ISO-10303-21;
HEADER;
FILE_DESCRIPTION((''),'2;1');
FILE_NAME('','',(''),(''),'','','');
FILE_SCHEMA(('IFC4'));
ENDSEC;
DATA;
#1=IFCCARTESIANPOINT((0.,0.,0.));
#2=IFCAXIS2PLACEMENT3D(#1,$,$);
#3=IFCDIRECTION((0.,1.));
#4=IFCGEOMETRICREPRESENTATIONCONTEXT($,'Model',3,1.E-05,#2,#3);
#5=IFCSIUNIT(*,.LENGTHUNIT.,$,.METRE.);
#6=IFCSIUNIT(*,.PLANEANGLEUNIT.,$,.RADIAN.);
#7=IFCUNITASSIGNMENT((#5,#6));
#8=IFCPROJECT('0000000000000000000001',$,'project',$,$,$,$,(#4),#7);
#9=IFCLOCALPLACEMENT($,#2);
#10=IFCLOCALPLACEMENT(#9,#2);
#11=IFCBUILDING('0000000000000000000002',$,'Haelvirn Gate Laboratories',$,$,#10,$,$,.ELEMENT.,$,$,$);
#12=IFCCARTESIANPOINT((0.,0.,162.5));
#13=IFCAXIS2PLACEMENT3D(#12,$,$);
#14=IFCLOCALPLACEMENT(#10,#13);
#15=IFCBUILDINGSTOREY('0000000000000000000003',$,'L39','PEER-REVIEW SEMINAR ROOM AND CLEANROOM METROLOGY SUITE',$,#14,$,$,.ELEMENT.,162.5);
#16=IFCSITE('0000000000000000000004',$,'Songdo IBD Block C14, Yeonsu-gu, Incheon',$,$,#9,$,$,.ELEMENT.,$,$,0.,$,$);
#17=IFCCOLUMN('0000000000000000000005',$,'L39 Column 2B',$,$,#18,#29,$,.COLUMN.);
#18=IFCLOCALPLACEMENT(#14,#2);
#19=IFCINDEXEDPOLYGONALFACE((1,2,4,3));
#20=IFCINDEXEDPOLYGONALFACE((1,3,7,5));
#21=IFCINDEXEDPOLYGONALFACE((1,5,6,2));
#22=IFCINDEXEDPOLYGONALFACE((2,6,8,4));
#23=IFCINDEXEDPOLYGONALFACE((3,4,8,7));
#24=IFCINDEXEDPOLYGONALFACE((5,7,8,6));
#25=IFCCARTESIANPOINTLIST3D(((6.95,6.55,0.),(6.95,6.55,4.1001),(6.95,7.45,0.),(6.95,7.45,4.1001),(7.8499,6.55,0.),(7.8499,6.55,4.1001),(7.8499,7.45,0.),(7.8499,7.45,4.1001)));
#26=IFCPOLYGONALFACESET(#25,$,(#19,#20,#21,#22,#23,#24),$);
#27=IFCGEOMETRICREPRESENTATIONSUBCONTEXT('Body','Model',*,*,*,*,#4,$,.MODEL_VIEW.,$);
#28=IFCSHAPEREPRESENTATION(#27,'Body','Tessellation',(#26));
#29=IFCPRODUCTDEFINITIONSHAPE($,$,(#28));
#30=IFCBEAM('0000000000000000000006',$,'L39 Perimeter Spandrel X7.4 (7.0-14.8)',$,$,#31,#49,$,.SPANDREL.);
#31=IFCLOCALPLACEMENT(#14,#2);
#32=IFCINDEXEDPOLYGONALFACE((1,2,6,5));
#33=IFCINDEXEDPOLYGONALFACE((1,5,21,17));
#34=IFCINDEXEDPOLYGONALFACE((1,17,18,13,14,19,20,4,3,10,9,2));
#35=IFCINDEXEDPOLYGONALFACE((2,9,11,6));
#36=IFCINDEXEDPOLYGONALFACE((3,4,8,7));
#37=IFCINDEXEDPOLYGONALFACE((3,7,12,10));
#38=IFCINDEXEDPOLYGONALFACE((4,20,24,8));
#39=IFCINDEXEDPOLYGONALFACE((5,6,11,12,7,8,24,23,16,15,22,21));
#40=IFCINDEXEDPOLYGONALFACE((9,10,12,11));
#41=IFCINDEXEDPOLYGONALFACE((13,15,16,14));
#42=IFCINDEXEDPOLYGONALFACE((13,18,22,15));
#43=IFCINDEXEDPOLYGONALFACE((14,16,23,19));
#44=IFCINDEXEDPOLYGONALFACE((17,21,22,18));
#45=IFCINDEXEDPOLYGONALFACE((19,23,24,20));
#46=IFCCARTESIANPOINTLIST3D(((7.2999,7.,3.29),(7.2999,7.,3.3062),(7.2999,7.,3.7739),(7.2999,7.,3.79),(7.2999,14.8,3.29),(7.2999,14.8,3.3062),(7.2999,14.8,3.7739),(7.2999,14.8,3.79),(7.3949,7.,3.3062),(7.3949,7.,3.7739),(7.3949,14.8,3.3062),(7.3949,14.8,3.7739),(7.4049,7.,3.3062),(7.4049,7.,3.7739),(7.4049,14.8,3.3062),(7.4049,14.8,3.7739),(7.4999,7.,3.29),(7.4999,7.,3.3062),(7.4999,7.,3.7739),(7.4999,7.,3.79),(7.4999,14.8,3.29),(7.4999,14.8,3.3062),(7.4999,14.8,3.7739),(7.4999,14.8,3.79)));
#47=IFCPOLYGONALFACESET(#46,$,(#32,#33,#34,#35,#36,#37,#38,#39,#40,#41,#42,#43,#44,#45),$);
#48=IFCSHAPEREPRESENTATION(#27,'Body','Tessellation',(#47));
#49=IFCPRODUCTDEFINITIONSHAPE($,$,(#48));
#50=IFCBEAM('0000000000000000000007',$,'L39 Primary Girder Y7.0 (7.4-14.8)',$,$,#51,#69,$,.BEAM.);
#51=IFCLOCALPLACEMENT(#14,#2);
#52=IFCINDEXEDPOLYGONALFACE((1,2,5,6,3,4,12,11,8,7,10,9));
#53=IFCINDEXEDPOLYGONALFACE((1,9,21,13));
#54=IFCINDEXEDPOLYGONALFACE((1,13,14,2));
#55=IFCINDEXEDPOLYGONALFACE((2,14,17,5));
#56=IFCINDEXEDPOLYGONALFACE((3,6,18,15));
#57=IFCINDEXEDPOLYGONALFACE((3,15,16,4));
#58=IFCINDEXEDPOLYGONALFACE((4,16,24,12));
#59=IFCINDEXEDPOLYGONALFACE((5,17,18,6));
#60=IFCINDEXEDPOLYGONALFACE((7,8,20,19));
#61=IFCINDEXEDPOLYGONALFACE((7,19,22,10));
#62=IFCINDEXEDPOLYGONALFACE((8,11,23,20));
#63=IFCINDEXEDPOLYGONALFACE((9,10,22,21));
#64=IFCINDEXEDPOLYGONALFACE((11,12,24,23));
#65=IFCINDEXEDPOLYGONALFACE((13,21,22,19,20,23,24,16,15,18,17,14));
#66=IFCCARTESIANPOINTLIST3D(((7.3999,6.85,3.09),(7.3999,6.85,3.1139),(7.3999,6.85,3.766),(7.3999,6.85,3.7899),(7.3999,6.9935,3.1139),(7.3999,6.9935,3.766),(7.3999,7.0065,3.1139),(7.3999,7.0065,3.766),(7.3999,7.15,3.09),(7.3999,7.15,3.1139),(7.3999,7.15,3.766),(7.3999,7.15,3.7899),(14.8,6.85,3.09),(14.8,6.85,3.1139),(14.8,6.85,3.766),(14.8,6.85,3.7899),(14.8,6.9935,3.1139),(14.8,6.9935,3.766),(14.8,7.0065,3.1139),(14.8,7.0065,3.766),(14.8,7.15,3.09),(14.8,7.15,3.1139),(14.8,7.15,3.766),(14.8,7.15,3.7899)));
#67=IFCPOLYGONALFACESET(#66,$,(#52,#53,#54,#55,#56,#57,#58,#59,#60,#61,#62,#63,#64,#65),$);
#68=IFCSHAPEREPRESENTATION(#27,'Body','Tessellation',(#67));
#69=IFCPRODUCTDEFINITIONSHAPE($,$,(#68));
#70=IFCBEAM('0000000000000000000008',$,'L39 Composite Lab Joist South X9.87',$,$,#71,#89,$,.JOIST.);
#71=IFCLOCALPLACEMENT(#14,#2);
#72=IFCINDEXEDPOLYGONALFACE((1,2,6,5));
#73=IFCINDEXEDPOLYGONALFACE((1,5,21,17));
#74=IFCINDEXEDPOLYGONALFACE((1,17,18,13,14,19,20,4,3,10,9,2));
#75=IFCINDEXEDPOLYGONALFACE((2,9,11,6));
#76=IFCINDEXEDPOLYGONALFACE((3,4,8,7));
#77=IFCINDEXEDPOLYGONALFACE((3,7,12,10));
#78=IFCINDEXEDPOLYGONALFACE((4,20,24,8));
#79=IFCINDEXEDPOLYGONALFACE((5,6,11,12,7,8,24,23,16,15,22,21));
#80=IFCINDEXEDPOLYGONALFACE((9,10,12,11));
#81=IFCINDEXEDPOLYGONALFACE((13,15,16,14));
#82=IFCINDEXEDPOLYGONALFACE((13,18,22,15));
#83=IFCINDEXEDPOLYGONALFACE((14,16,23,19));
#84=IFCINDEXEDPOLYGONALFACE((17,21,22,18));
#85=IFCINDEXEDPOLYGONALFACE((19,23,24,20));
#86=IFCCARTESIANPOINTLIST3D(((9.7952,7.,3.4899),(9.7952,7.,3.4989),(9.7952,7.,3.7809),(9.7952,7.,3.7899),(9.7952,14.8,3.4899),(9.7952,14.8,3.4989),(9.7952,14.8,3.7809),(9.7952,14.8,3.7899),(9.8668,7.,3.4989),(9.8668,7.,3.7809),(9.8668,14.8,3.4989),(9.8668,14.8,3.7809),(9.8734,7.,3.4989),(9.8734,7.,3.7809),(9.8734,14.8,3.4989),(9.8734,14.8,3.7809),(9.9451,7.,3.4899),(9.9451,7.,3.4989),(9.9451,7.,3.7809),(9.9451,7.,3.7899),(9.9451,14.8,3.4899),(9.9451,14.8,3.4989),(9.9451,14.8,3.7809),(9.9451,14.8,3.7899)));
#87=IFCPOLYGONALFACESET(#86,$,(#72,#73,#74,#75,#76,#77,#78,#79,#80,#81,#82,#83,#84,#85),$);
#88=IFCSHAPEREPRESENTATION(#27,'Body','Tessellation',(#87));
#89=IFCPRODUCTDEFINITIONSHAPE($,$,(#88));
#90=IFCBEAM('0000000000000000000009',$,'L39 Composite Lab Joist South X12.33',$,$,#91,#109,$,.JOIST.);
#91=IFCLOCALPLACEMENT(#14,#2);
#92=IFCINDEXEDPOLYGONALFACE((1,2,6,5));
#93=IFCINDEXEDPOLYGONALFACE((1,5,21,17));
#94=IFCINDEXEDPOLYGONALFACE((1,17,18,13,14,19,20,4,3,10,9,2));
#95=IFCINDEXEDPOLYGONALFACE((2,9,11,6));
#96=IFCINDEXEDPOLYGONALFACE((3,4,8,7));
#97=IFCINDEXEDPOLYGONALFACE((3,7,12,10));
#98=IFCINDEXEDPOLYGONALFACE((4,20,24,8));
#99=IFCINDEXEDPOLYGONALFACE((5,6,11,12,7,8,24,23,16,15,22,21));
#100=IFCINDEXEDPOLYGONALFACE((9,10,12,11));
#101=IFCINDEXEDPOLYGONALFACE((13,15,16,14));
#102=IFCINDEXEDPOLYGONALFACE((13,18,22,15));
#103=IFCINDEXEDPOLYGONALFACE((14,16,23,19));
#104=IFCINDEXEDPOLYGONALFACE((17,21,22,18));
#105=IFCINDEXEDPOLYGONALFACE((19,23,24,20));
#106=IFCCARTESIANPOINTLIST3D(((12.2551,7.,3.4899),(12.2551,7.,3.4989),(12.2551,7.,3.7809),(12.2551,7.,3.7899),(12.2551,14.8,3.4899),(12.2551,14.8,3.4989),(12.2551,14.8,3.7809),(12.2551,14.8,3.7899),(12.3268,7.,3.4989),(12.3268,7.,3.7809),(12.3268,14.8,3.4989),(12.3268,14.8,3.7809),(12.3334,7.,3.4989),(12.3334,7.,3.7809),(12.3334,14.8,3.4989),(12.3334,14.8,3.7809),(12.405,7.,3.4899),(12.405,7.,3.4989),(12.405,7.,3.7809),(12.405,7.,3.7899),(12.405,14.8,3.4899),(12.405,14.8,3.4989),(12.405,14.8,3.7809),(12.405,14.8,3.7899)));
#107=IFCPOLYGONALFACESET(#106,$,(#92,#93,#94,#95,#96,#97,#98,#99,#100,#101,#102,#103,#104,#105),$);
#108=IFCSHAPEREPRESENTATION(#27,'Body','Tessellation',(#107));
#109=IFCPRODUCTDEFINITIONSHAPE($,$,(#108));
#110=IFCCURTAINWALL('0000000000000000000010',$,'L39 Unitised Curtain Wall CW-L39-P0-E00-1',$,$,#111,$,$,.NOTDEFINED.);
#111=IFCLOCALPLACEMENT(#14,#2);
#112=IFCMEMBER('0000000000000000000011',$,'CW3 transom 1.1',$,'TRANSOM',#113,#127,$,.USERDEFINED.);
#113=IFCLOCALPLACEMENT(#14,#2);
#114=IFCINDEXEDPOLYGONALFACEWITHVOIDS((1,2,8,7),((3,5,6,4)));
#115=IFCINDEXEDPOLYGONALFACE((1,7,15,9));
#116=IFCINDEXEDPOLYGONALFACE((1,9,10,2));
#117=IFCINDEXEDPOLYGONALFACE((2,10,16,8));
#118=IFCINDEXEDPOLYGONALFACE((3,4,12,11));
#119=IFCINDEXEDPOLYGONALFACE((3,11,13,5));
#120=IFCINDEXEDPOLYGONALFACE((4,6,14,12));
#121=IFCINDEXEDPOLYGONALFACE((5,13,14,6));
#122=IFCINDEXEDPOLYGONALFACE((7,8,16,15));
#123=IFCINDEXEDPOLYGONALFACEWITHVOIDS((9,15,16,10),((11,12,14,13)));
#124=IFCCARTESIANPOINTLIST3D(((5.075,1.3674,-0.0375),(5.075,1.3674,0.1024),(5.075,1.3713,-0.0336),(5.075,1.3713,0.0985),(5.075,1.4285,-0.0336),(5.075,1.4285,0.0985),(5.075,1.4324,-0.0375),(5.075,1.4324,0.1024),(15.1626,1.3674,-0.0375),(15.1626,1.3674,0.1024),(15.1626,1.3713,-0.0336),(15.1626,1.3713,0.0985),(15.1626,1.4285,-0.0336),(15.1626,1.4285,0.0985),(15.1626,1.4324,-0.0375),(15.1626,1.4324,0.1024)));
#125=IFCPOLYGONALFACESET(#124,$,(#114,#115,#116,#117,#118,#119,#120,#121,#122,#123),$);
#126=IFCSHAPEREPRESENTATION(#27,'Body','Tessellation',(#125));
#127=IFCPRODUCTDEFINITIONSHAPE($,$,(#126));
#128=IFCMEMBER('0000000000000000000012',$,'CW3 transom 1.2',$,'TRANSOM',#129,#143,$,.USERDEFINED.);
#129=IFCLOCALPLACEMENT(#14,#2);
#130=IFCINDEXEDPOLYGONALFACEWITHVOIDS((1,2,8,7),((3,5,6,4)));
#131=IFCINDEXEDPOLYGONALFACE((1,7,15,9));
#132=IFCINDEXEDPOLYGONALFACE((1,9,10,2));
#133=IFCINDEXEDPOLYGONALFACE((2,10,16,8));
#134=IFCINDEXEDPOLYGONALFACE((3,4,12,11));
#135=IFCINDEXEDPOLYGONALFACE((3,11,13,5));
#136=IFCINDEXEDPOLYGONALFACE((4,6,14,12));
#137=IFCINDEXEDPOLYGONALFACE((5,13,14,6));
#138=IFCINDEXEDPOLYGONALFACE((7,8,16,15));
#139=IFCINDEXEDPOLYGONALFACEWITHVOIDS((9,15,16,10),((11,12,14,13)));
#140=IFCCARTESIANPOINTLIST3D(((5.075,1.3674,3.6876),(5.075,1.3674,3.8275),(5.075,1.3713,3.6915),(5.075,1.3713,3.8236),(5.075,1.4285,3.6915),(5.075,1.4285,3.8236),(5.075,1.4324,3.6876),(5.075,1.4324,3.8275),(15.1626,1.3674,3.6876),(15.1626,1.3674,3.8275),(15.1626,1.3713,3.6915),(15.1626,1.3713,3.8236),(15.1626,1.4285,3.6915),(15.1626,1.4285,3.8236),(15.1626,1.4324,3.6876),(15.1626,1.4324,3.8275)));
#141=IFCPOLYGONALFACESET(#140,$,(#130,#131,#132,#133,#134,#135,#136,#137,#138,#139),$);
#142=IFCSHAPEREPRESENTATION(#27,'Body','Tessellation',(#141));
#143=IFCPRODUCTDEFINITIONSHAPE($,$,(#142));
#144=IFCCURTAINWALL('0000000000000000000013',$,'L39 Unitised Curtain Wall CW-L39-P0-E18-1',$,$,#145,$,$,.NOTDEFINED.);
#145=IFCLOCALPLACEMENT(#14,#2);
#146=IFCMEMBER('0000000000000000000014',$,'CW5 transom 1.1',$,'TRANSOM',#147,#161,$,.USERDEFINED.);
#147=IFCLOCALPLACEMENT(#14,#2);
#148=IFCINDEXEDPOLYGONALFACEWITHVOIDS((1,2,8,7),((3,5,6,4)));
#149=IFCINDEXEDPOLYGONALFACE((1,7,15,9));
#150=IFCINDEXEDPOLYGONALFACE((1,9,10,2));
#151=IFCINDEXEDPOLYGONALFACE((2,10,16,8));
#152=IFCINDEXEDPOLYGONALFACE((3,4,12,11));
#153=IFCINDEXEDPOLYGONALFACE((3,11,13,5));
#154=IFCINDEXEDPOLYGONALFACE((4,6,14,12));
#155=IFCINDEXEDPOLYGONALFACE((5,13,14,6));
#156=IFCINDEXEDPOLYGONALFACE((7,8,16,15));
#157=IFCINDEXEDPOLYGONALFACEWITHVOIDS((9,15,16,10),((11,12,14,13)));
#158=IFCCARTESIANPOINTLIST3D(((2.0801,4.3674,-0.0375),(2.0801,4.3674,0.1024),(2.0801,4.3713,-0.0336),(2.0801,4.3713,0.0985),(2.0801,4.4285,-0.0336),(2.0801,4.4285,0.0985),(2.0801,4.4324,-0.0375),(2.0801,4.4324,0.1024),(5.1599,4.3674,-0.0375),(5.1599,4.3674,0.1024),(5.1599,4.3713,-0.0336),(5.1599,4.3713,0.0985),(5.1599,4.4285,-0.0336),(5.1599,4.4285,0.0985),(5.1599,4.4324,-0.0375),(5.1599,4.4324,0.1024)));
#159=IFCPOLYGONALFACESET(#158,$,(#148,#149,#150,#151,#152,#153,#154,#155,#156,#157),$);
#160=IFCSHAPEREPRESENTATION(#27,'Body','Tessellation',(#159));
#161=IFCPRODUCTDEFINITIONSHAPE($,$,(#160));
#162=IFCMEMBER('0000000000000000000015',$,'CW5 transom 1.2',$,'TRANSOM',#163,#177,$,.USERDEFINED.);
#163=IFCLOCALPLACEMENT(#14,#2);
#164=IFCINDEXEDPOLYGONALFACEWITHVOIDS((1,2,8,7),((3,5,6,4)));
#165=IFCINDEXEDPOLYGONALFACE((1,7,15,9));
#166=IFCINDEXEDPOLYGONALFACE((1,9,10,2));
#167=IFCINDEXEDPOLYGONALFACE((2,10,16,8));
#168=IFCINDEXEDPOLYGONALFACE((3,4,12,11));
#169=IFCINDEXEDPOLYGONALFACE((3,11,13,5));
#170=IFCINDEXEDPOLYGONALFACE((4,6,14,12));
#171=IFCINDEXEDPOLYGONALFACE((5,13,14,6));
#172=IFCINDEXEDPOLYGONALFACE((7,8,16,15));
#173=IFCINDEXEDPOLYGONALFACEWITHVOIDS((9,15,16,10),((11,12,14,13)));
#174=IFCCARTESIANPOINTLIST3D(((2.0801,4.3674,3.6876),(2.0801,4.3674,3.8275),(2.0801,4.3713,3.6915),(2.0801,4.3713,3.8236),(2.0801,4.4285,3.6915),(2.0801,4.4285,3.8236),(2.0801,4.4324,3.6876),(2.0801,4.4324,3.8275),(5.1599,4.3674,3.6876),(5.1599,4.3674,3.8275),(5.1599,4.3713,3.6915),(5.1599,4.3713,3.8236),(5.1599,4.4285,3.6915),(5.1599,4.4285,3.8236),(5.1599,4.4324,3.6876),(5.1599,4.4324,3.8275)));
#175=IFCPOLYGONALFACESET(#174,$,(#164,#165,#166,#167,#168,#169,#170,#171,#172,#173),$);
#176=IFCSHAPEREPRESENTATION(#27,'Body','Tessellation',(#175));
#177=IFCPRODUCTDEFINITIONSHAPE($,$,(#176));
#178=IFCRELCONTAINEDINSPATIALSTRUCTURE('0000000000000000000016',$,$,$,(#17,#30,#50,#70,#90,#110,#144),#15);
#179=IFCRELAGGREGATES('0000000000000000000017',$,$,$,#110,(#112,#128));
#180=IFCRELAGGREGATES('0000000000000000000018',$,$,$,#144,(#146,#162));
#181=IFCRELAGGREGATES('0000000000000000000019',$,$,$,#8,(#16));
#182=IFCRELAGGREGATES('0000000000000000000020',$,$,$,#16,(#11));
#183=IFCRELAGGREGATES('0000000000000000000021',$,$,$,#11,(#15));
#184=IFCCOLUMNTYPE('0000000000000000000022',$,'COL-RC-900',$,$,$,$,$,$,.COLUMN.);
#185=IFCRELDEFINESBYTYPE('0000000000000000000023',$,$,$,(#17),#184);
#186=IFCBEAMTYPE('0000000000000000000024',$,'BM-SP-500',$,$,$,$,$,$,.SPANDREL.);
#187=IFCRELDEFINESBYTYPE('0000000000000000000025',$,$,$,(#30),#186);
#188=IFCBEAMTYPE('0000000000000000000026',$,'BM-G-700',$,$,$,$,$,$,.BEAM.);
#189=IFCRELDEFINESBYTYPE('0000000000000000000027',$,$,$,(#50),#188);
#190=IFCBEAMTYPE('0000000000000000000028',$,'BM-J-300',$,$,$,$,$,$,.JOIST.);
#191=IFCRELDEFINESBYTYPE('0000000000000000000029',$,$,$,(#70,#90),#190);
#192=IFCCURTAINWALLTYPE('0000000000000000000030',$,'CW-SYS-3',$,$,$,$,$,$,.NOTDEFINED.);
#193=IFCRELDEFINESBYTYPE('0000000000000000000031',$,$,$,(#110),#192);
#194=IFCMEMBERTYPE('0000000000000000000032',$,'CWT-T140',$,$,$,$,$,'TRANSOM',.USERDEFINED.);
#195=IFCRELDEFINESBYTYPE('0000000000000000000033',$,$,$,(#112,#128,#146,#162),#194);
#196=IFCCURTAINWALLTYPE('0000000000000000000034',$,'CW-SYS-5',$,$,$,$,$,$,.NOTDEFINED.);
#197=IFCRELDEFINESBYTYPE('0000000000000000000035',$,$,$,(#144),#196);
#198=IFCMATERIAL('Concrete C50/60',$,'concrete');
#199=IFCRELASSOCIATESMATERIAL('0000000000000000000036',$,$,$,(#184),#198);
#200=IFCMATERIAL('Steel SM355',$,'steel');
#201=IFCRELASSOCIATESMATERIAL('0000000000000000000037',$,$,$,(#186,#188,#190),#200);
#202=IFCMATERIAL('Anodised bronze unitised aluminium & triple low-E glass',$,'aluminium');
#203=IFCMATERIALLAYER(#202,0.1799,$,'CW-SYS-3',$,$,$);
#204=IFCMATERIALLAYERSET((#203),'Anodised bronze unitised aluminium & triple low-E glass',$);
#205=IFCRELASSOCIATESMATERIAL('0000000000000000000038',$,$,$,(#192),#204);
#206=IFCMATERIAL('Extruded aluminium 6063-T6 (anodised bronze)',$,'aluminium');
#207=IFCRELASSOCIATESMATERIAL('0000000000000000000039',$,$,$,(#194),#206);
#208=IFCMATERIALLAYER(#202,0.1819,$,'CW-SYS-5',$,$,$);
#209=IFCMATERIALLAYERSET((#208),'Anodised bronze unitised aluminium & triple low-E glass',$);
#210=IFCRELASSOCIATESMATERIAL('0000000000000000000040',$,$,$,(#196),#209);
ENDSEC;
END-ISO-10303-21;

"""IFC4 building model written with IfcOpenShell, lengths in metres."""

from ifc_helpers import new_model, si_unit, direction, frame, origin, origin_2d, place, context, subcontext, project, spatial, rectangle, hollow_rectangle, i_section, extrude, source, transform, mapped, material, layer, layer_set, material_profile, profile_set, type_object, type_shapes, element, aggregate, save


model = new_model("IFC4")

# Units and contexts
model_context = context("Model", 3, precision=1e-05, world=origin(), true_north=direction((0.0, 1.0)))
body_context = subcontext(model_context, "Body", "Model", "MODEL_VIEW")
ifc_project = project(units=[si_unit("LENGTHUNIT", "METRE"), si_unit("PLANEANGLEUNIT", "RADIAN")], contexts=[model_context])

# Site, building, storey
site_placement = place(None, origin())
site = spatial("IfcSite", under=ifc_project, at=site_placement, Name="Songdo IBD Block C14, Yeonsu-gu, Incheon", CompositionType="ELEMENT", RefElevation=0.0)
building_placement = place(site_placement, origin())
building = spatial("IfcBuilding", under=site, at=building_placement, Name="Haelvirn Gate Laboratories", CompositionType="ELEMENT")
storey_placement = place(building_placement, frame((0.0, 0.0, 162.5)))
storey = spatial("IfcBuildingStorey", under=building, at=storey_placement, Name="L39", Description="PEER-REVIEW SEMINAR ROOM AND CLEANROOM METROLOGY SUITE", CompositionType="ELEMENT", Elevation=162.5)

# Column
ifc_material_1 = material(Name="Concrete C50/60", Category="concrete")
ifc_material_profile_1 = material_profile(ifc_material_1, rectangle(XDim=0.8999, YDim=0.8999, at=origin_2d()), Name="RC-900x900")
ifc_profile_set_1 = profile_set([ifc_material_profile_1], Name="Concrete C50/60")
column_type = type_object("IfcColumnType", Name="COL-RC-900", PredefinedType="COLUMN", material=ifc_profile_set_1)
shared_shape_1 = source(origin(), body_context, "Body", "SweptSolid", [
    extrude(rectangle(XDim=0.8999, YDim=0.8999, at=origin_2d()), origin(), (0.0, 0.0, 1.0), 4.1001),
])
type_shapes(column_type, [shared_shape_1])
column_placement = place(storey_placement, frame((7.3999, 7.0, 0.0), z_axis=(0.0, 0.0, 1.0), x_axis=(1.0, 0.0, 0.0)))
element("IfcColumn", 1, at=column_placement, inside=storey, type_object=column_type, Name="L39 Column 2B", PredefinedType="COLUMN", context=body_context, shape_type="MappedRepresentation", body=[
    mapped(shared_shape_1, transform((0.0, 0.0, 0.0), scale=1.0)),
])

# Beams
ifc_material_2 = material(Name="Steel SM355", Category="steel")
ifc_material_profile_2 = material_profile(ifc_material_2, i_section(OverallWidth=0.2, OverallDepth=0.5, WebThickness=0.01, FlangeThickness=0.0161, at=origin_2d()), Name="H-500x200x10x16")
ifc_profile_set_2 = profile_set([ifc_material_profile_2], Name="Steel SM355")
beam_type_1 = type_object("IfcBeamType", Name="BM-SP-500", PredefinedType="SPANDREL", material=ifc_profile_set_2)
shared_shape_2 = source(origin(), body_context, "Body", "SweptSolid", [
    extrude(i_section(OverallWidth=0.2, OverallDepth=0.5, WebThickness=0.01, FlangeThickness=0.0161, at=origin_2d()), origin(), (0.0, 0.0, 1.0), 7.8),
])
type_shapes(beam_type_1, [shared_shape_2])
beam_1_placement = place(storey_placement, frame((7.3999, 7.0, 3.54), z_axis=(0.0, 1.0, 0.0), x_axis=(-1.0, 0.0, 0.0)))
element("IfcBeam", 2, at=beam_1_placement, inside=storey, type_object=beam_type_1, Name="L39 Perimeter Spandrel X7.4 (7.0-14.8)", PredefinedType="SPANDREL", context=body_context, shape_type="MappedRepresentation", body=[
    mapped(shared_shape_2, transform((0.0, 0.0, 0.0), scale=1.0)),
])
ifc_material_profile_3 = material_profile(ifc_material_2, i_section(OverallWidth=0.3, OverallDepth=0.7, WebThickness=0.0129, FlangeThickness=0.0239, at=origin_2d()), Name="H-700x300x13x24")
ifc_profile_set_3 = profile_set([ifc_material_profile_3], Name="Steel SM355")
beam_type_2 = type_object("IfcBeamType", Name="BM-G-700", PredefinedType="BEAM", material=ifc_profile_set_3)
shared_shape_3 = source(origin(), body_context, "Body", "SweptSolid", [
    extrude(i_section(OverallWidth=0.3, OverallDepth=0.7, WebThickness=0.0129, FlangeThickness=0.0239, at=origin_2d()), origin(), (0.0, 0.0, 1.0), 7.4001),
])
type_shapes(beam_type_2, [shared_shape_3])
beam_2_placement = place(storey_placement, frame((7.3999, 7.0, 3.4399), z_axis=(1.0, 0.0, 0.0), x_axis=(0.0, 1.0, 0.0)))
element("IfcBeam", 3, at=beam_2_placement, inside=storey, type_object=beam_type_2, Name="L39 Primary Girder Y7.0 (7.4-14.8)", PredefinedType="BEAM", context=body_context, shape_type="MappedRepresentation", body=[
    mapped(shared_shape_3, transform((0.0, 0.0, 0.0), scale=1.0)),
])
ifc_material_profile_4 = material_profile(ifc_material_2, i_section(OverallWidth=0.1499, OverallDepth=0.3, WebThickness=0.0066, FlangeThickness=0.009, at=origin_2d()), Name="H-300x150x6.5x9")
ifc_profile_set_4 = profile_set([ifc_material_profile_4], Name="Steel SM355")
beam_type_3 = type_object("IfcBeamType", Name="BM-J-300", PredefinedType="JOIST", material=ifc_profile_set_4)
shared_shape_4 = source(origin(), body_context, "Body", "SweptSolid", [
    extrude(i_section(OverallWidth=0.1499, OverallDepth=0.3, WebThickness=0.0066, FlangeThickness=0.009, at=origin_2d()), origin(), (0.0, 0.0, 1.0), 7.8),
])
type_shapes(beam_type_3, [shared_shape_4])
for number, where, z_axis, x_axis, name in (
    (4, (9.8701, 7.0, 3.6399), (0.0, 1.0, 0.0), (-1.0, 0.0, 0.0), "L39 Composite Lab Joist South X9.87"),
    (5, (12.3301, 7.0, 3.6399), (0.0, 1.0, 0.0), (-1.0, 0.0, 0.0), "L39 Composite Lab Joist South X12.33"),
):
    element("IfcBeam", number, at=place(storey_placement, frame(where, z_axis=z_axis, x_axis=x_axis)), inside=storey, type_object=beam_type_3, Name=name, PredefinedType="JOIST", context=body_context, shape_type="MappedRepresentation", body=[
        mapped(shared_shape_4, transform((0.0, 0.0, 0.0), scale=1.0)),
    ])

# Curtain walls, members
ifc_material_3 = material(Name="Anodised bronze unitised aluminium & triple low-E glass", Category="aluminium")
ifc_layer_1 = layer(ifc_material_3, 0.1799, Name="CW-SYS-3")
ifc_layer_set_1 = layer_set([ifc_layer_1], Name="Anodised bronze unitised aluminium & triple low-E glass")
curtain_wall_type_1 = type_object("IfcCurtainWallType", Name="CW-SYS-3", PredefinedType="NOTDEFINED", material=ifc_layer_set_1)
curtain_wall_1_placement = place(storey_placement, origin())
curtain_wall_1 = element("IfcCurtainWall", 6, at=curtain_wall_1_placement, inside=storey, type_object=curtain_wall_type_1, Name="L39 Unitised Curtain Wall CW-L39-P0-E00-1", PredefinedType="NOTDEFINED")
ifc_material_4 = material(Name="Extruded aluminium 6063-T6 (anodised bronze)", Category="aluminium")
ifc_material_profile_5 = material_profile(ifc_material_4, hollow_rectangle(XDim=0.0649, YDim=0.1399, WallThickness=0.0039, at=origin_2d()), Name="CWT-140x65x4")
ifc_profile_set_5 = profile_set([ifc_material_profile_5], Name="Extruded aluminium 6063-T6 (anodised bronze)")
member_type_1 = type_object("IfcMemberType", Name="CWT-T140", ElementType="TRANSOM", PredefinedType="USERDEFINED", material=ifc_profile_set_5)
shared_shape_5 = source(origin(), body_context, "Body", "SweptSolid", [
    extrude(hollow_rectangle(XDim=0.0649, YDim=0.1399, WallThickness=0.0039, at=origin_2d()), origin(), (0.0, 0.0, 1.0), 10.0876),
])
member_1_placement = place(storey_placement, frame((5.075, 1.3999, 0.0325), z_axis=(1.0, 0.0, 0.0), x_axis=(0.0, 1.0, 0.0)))
member_1 = element("IfcMember", 7, at=member_1_placement, type_object=member_type_1, Name="CW3 transom 1.1", ObjectType="TRANSOM", PredefinedType="USERDEFINED", context=body_context, shape_type="MappedRepresentation", body=[
    mapped(shared_shape_5, transform((0.0, 0.0, 0.0), scale=1.0)),
])
member_2_placement = place(storey_placement, frame((5.075, 1.3999, 3.7576), z_axis=(1.0, 0.0, 0.0), x_axis=(0.0, 1.0, 0.0)))
member_2 = element("IfcMember", 8, at=member_2_placement, type_object=member_type_1, Name="CW3 transom 1.2", ObjectType="TRANSOM", PredefinedType="USERDEFINED", context=body_context, shape_type="MappedRepresentation", body=[
    mapped(shared_shape_5, transform((0.0, 0.0, 0.0), scale=1.0)),
])
ifc_layer_2 = layer(ifc_material_3, 0.1819, Name="CW-SYS-5")
ifc_layer_set_2 = layer_set([ifc_layer_2], Name="Anodised bronze unitised aluminium & triple low-E glass")
curtain_wall_type_2 = type_object("IfcCurtainWallType", Name="CW-SYS-5", PredefinedType="NOTDEFINED", material=ifc_layer_set_2)
curtain_wall_2_placement = place(storey_placement, origin())
curtain_wall_2 = element("IfcCurtainWall", 9, at=curtain_wall_2_placement, inside=storey, type_object=curtain_wall_type_2, Name="L39 Unitised Curtain Wall CW-L39-P0-E18-1", PredefinedType="NOTDEFINED")
shared_shape_6 = source(origin(), body_context, "Body", "SweptSolid", [
    extrude(hollow_rectangle(XDim=0.0649, YDim=0.1399, WallThickness=0.0039, at=origin_2d()), origin(), (0.0, 0.0, 1.0), 3.0798),
])
type_shapes(member_type_1, [shared_shape_5, shared_shape_6])
member_3_placement = place(storey_placement, frame((2.0801, 4.3999, 0.0325), z_axis=(1.0, 0.0, 0.0), x_axis=(0.0, 1.0, 0.0)))
member_3 = element("IfcMember", 10, at=member_3_placement, type_object=member_type_1, Name="CW5 transom 1.1", ObjectType="TRANSOM", PredefinedType="USERDEFINED", context=body_context, shape_type="MappedRepresentation", body=[
    mapped(shared_shape_6, transform((0.0, 0.0, 0.0), scale=1.0)),
])
member_4_placement = place(storey_placement, frame((2.0801, 4.3999, 3.7576), z_axis=(1.0, 0.0, 0.0), x_axis=(0.0, 1.0, 0.0)))
member_4 = element("IfcMember", 11, at=member_4_placement, type_object=member_type_1, Name="CW5 transom 1.2", ObjectType="TRANSOM", PredefinedType="USERDEFINED", context=body_context, shape_type="MappedRepresentation", body=[
    mapped(shared_shape_6, transform((0.0, 0.0, 0.0), scale=1.0)),
])

aggregate(curtain_wall_1, [member_1, member_2])
aggregate(curtain_wall_2, [member_3, member_4])

save(model, "model.ifc")
